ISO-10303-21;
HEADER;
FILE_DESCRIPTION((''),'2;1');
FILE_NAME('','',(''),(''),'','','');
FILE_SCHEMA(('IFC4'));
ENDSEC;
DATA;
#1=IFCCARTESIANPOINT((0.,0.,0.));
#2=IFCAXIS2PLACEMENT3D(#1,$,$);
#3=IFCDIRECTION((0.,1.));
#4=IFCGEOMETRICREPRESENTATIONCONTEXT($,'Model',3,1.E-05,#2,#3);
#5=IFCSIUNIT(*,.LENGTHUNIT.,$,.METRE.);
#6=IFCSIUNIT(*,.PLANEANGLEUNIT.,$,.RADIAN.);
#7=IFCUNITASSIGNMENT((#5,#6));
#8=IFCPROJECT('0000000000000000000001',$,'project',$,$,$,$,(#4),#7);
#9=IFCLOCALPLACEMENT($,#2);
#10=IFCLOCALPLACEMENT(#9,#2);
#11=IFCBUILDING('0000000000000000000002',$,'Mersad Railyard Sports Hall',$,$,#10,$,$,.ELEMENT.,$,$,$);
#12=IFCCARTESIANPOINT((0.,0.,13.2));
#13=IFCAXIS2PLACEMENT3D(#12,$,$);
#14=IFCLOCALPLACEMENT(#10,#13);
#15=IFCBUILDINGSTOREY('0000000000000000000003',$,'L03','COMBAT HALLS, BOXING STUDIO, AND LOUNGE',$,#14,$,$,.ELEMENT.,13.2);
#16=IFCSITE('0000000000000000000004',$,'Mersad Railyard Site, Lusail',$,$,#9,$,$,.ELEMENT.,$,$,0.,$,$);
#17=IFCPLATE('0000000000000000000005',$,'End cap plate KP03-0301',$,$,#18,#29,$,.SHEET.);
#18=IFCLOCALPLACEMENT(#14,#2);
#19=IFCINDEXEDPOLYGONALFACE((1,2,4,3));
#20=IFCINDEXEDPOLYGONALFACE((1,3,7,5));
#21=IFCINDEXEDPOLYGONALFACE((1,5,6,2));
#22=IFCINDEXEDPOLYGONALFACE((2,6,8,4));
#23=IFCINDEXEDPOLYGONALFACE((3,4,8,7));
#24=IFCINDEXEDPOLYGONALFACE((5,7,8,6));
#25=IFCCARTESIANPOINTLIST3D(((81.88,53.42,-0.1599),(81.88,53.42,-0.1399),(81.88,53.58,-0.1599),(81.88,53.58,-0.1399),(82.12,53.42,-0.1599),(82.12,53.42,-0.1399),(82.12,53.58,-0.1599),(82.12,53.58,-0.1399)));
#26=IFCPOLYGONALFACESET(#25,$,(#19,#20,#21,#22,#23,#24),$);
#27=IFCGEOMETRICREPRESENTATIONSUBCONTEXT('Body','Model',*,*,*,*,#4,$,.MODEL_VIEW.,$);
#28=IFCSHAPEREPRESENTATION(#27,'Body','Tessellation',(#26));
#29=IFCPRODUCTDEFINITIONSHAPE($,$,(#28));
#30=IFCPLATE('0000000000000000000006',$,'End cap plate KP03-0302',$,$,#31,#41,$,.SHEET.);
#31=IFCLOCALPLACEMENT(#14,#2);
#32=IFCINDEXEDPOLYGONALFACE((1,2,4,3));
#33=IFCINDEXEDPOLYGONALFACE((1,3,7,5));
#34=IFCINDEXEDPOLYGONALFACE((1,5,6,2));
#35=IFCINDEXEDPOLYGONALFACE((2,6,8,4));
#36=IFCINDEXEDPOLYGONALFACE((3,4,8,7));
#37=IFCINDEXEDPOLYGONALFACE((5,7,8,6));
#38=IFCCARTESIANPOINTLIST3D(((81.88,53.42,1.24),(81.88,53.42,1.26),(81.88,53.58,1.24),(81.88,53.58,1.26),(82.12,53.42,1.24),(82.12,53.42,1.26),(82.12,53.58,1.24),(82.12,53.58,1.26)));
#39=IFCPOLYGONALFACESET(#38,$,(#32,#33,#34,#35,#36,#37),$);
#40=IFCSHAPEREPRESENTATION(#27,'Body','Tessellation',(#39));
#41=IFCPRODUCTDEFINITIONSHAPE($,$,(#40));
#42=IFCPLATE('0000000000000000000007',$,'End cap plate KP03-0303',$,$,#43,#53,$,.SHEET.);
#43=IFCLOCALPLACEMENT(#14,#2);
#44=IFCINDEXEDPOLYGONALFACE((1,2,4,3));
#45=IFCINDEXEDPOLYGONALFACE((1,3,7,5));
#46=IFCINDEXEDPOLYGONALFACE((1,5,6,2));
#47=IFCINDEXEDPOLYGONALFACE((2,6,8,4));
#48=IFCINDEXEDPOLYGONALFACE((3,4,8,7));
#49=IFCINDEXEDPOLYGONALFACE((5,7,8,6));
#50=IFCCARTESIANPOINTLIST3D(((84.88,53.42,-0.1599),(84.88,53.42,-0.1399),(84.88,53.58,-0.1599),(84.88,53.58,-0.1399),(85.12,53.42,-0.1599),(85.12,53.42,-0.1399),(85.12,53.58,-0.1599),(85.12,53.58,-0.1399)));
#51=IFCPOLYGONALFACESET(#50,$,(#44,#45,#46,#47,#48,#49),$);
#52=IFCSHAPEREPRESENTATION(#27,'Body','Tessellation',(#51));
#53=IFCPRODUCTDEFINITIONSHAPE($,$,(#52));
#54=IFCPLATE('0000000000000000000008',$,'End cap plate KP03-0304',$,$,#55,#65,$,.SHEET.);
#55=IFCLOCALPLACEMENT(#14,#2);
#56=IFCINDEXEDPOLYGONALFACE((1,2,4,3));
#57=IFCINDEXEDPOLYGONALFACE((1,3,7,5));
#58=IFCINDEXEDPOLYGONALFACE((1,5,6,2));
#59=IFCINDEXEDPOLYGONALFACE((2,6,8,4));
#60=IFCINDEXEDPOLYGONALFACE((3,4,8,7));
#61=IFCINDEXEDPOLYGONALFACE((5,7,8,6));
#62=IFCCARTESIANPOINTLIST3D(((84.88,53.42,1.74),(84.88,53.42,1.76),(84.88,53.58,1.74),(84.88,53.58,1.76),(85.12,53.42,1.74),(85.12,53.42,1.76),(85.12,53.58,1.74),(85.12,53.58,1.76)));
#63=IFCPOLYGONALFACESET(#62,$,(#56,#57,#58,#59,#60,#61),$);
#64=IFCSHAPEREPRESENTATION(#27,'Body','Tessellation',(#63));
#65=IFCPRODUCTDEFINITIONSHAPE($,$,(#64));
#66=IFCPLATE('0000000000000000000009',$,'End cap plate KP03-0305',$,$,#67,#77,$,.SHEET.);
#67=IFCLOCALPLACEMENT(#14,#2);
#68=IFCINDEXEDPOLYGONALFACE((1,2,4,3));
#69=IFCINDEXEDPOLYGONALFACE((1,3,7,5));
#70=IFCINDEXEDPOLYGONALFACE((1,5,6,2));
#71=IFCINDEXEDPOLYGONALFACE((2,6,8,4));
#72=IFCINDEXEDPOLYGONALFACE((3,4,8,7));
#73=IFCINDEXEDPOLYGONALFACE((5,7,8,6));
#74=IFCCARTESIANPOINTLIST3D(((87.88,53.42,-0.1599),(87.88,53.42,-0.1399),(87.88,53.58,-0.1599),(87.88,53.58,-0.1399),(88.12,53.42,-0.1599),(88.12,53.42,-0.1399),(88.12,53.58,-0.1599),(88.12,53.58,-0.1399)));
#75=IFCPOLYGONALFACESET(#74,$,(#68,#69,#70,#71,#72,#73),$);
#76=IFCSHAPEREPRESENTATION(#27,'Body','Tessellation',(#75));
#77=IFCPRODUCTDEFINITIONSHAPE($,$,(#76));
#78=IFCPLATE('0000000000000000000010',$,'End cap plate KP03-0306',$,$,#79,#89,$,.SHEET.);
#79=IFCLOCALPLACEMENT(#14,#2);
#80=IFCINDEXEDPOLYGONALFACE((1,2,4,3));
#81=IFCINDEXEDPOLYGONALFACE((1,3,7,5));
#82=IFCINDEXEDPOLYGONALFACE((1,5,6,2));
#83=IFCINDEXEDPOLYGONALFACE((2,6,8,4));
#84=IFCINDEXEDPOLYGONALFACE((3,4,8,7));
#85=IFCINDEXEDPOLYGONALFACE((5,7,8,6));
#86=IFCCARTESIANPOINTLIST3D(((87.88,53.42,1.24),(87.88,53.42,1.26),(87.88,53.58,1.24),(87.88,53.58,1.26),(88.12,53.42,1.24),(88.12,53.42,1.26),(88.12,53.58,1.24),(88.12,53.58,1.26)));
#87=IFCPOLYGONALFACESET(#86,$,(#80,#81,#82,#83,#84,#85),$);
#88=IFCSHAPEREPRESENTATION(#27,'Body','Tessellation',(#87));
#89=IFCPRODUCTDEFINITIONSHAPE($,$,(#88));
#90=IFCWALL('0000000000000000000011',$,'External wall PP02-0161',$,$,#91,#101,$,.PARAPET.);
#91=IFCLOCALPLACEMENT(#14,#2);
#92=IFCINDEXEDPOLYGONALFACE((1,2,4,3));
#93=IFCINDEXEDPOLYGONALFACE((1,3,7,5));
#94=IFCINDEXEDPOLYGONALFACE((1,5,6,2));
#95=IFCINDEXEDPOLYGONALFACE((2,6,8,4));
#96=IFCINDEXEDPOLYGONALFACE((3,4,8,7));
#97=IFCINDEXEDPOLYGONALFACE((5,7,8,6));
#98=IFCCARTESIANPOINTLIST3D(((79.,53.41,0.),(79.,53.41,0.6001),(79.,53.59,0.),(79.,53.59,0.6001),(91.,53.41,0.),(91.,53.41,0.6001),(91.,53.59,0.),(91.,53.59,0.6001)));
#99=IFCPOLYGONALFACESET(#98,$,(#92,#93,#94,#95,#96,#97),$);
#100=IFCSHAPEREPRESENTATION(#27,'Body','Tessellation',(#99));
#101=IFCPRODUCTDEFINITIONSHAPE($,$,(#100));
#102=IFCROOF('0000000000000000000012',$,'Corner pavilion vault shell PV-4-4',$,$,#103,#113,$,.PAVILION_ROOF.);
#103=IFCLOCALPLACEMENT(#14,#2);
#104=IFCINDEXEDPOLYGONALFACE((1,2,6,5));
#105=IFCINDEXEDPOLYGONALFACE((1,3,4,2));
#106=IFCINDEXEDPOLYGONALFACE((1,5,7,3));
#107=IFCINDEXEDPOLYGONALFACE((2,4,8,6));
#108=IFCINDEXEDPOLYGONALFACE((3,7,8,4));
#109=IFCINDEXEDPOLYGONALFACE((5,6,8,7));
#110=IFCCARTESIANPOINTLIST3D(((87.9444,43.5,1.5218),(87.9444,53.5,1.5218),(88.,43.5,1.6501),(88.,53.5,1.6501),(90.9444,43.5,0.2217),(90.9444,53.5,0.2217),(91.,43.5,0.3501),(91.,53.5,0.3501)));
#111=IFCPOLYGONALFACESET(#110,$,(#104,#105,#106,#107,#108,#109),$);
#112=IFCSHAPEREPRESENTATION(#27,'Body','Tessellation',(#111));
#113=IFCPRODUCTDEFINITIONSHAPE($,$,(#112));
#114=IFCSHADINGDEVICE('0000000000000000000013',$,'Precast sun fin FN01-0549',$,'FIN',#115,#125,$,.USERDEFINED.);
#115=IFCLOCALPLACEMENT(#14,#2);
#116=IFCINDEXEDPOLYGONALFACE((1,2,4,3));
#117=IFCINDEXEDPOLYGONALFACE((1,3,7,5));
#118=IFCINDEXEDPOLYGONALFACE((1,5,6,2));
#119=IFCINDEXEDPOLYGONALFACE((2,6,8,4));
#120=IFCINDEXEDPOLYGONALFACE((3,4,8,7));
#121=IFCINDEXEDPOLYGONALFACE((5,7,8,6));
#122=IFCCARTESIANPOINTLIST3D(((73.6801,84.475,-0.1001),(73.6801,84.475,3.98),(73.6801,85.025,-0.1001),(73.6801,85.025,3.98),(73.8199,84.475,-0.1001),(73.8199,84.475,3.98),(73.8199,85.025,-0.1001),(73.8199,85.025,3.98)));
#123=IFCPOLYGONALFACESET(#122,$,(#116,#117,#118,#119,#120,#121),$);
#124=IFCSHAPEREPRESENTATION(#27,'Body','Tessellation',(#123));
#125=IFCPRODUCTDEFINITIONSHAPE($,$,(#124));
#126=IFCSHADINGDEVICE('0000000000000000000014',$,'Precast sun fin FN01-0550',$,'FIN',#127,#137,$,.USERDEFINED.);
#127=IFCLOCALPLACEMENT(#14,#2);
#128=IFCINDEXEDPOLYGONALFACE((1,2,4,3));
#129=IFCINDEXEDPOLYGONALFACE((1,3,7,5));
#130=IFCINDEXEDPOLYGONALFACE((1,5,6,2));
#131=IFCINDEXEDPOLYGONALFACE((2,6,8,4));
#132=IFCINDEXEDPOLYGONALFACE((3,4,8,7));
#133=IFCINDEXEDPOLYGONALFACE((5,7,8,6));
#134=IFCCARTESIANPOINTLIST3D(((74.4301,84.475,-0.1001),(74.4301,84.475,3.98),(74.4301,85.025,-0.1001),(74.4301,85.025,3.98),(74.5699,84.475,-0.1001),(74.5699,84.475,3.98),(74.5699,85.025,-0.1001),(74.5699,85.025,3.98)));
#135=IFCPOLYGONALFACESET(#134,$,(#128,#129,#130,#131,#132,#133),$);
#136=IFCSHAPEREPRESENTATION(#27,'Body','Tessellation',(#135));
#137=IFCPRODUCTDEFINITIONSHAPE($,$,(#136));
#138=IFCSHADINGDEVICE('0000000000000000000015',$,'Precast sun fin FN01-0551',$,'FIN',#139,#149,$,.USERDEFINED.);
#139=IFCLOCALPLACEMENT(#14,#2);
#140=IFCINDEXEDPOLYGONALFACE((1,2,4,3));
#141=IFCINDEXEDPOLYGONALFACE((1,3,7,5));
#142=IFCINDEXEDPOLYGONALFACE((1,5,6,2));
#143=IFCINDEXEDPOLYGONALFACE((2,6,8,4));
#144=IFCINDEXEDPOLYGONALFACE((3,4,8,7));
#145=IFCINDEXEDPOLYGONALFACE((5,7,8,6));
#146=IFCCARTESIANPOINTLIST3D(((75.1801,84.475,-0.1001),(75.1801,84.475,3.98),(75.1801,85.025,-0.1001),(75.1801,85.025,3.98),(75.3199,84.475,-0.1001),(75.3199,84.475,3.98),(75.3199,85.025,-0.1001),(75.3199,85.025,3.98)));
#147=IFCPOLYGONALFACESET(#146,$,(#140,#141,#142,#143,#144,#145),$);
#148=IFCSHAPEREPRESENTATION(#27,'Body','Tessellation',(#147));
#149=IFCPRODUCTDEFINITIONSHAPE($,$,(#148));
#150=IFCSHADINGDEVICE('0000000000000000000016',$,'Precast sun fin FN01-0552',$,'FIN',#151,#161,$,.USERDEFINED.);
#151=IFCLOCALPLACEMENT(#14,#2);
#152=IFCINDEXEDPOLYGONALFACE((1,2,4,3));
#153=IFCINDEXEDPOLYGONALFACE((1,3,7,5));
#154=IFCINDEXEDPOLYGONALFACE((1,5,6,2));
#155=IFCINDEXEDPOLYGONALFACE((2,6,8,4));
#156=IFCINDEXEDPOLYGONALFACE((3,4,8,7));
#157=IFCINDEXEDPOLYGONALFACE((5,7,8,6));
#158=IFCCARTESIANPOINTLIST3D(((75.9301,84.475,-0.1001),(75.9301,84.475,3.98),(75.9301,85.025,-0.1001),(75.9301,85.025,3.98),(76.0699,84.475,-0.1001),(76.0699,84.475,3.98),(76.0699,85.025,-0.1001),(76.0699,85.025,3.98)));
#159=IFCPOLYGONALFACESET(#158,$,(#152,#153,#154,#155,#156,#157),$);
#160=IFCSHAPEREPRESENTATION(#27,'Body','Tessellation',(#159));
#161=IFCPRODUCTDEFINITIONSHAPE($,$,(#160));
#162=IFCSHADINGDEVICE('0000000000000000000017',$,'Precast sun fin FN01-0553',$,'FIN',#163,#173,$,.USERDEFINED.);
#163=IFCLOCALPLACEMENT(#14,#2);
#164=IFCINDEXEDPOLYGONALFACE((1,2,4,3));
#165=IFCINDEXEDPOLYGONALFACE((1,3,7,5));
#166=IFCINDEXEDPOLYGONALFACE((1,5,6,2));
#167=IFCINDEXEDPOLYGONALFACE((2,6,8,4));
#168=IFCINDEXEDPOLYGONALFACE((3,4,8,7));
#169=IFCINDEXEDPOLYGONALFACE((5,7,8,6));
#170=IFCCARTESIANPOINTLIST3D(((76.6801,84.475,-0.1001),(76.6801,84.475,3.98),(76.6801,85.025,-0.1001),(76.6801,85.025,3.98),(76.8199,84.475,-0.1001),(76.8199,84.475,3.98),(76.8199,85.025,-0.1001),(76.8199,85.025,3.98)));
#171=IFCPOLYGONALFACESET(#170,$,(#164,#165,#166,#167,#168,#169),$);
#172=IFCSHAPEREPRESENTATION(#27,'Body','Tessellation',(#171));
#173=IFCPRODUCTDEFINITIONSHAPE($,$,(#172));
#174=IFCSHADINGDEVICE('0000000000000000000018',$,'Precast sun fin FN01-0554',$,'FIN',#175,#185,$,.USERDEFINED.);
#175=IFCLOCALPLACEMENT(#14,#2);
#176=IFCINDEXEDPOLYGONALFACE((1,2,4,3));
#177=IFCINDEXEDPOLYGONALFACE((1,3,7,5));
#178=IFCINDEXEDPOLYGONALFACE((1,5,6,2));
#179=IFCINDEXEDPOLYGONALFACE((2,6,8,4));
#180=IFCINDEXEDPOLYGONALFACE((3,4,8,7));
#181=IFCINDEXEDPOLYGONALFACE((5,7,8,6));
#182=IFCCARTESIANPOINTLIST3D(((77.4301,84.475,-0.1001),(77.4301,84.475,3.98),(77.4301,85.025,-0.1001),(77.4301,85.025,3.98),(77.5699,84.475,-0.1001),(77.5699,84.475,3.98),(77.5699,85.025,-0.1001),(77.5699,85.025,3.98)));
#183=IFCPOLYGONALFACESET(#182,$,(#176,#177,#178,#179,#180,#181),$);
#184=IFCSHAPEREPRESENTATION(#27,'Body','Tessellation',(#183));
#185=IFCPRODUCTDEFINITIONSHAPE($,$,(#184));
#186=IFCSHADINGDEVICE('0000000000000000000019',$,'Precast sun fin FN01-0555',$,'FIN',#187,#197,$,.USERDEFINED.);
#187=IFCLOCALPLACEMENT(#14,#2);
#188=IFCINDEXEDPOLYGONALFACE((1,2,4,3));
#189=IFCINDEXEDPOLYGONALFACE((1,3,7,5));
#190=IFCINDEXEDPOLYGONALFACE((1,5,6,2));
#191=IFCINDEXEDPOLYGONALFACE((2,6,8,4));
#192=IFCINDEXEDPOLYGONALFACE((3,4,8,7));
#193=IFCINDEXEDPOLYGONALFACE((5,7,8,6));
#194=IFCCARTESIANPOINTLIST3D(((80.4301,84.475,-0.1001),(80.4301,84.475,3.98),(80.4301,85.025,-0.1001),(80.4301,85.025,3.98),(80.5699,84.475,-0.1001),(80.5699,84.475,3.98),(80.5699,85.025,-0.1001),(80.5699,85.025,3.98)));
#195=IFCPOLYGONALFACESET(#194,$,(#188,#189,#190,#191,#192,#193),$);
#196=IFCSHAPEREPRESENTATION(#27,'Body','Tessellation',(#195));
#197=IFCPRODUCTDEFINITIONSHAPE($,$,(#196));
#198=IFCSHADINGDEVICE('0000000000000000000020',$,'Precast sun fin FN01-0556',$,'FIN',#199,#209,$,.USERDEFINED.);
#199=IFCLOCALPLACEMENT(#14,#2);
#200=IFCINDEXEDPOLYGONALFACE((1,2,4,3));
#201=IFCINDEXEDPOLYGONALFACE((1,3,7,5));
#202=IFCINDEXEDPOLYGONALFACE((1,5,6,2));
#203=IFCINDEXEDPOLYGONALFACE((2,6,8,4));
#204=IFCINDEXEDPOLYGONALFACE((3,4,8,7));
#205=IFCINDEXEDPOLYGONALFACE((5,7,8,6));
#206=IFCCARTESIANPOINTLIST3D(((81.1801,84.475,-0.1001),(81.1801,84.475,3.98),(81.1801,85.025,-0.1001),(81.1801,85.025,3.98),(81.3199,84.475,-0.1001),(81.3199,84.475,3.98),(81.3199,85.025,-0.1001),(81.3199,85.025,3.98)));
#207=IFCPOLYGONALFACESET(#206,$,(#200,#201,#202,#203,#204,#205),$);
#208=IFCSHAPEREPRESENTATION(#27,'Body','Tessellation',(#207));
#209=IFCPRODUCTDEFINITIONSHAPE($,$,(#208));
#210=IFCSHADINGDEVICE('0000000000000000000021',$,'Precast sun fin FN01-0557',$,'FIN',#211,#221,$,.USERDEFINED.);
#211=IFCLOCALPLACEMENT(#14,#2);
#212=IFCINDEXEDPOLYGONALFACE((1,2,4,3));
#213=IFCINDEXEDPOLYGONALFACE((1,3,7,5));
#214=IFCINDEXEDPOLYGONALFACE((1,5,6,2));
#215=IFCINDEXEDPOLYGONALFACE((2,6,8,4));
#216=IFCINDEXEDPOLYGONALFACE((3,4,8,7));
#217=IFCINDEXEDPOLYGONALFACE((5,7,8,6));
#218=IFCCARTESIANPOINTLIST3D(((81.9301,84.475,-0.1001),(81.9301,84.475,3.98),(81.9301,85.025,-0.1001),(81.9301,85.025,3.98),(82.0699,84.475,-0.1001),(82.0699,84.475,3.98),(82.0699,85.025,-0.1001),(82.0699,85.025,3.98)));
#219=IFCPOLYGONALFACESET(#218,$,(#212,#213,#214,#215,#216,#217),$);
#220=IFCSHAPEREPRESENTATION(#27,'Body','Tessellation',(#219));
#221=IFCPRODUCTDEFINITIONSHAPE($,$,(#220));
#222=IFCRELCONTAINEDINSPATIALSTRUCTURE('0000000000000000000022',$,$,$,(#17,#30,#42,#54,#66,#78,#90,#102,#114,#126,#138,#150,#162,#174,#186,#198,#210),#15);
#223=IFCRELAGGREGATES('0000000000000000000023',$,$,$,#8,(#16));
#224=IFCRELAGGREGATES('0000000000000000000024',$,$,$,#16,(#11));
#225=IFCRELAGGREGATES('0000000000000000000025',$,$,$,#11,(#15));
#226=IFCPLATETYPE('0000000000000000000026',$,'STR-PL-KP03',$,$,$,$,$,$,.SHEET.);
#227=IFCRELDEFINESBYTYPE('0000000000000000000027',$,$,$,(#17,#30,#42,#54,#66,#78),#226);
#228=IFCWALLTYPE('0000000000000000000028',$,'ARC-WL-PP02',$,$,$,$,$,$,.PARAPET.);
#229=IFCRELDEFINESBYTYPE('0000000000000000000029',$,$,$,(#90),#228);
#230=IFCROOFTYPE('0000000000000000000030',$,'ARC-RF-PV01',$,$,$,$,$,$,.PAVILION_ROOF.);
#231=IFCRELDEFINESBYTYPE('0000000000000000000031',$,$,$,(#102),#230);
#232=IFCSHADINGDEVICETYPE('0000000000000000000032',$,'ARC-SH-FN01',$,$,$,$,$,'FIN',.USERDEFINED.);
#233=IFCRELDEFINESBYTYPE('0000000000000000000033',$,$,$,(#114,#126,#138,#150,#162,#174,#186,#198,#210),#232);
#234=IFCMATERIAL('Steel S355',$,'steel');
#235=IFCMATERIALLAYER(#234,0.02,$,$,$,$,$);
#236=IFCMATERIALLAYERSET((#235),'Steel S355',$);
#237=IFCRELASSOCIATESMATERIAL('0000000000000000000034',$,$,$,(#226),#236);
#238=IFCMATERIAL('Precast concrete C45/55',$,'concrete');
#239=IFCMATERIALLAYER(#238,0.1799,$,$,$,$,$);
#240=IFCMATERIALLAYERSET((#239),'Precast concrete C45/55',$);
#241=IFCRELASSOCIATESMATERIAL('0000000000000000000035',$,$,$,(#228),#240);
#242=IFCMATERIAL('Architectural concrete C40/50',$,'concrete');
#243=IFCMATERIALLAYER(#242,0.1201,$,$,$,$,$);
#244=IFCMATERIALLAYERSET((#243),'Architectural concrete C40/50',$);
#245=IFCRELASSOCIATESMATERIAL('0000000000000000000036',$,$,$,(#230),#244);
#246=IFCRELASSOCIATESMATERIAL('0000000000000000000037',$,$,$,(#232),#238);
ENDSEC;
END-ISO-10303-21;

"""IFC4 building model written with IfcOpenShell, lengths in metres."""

from ifc_helpers import new_model, si_unit, direction, frame, frame_2d, origin, origin_2d, place, context, subcontext, project, spatial, polyline, rectangle, outline, extrude, material, layer, layer_set, type_object, element, save


model = new_model("IFC4")

# Units and contexts
model_context = context("Model", 3, precision=1e-05, world=origin(), true_north=direction((0.0, 1.0)))
body_context = subcontext(model_context, "Body", "Model", "MODEL_VIEW")
ifc_project = project(units=[si_unit("LENGTHUNIT", "METRE"), si_unit("PLANEANGLEUNIT", "RADIAN")], contexts=[model_context])

# Site, building, storey
site_placement = place(None, origin())
site = spatial("IfcSite", under=ifc_project, at=site_placement, Name="Mersad Railyard Site, Lusail", CompositionType="ELEMENT", RefElevation=0.0)
building_placement = place(site_placement, origin())
building = spatial("IfcBuilding", under=site, at=building_placement, Name="Mersad Railyard Sports Hall", CompositionType="ELEMENT")
storey_placement = place(building_placement, frame((0.0, 0.0, 13.2)))
storey = spatial("IfcBuildingStorey", under=building, at=storey_placement, Name="L03", Description="COMBAT HALLS, BOXING STUDIO, AND LOUNGE", CompositionType="ELEMENT", Elevation=13.2)

# Shared definitions
ifc_material_1 = material(Name="Steel S355", Category="steel")

# Plates
ifc_layer_1 = layer(ifc_material_1, 0.02)
ifc_layer_set_1 = layer_set([ifc_layer_1], Name="Steel S355")
plate_type = type_object("IfcPlateType", Name="STR-PL-KP03", PredefinedType="SHEET", material=ifc_layer_set_1)
for number, where, z_axis, x_axis, name in (
    (1, (82.0, 53.5, -0.1599), (0.0, 0.0, 1.0), (1.0, 0.0, 0.0), "End cap plate KP03-0301"),
    (2, (82.0, 53.5, 1.24), (0.0, 0.0, 1.0), (1.0, 0.0, 0.0), "End cap plate KP03-0302"),
    (3, (85.0, 53.5, -0.1599), (0.0, 0.0, 1.0), (1.0, 0.0, 0.0), "End cap plate KP03-0303"),
    (4, (85.0, 53.5, 1.74), (0.0, 0.0, 1.0), (1.0, 0.0, 0.0), "End cap plate KP03-0304"),
    (5, (88.0, 53.5, -0.1599), (0.0, 0.0, 1.0), (1.0, 0.0, 0.0), "End cap plate KP03-0305"),
    (6, (88.0, 53.5, 1.24), (0.0, 0.0, 1.0), (1.0, 0.0, 0.0), "End cap plate KP03-0306"),
):
    element("IfcPlate", number, at=place(storey_placement, frame(where, z_axis=z_axis, x_axis=x_axis)), inside=storey, type_object=plate_type, Name=name, PredefinedType="SHEET", context=body_context, shape_type="SweptSolid", body=[
        extrude(rectangle(XDim=0.24, YDim=0.1599, at=origin_2d()), origin(), (0.0, 0.0, 1.0), 0.02),
    ])

# Wall
ifc_material_2 = material(Name="Precast concrete C45/55", Category="concrete")
ifc_layer_2 = layer(ifc_material_2, 0.1799)
ifc_layer_set_2 = layer_set([ifc_layer_2], Name="Precast concrete C45/55")
wall_type = type_object("IfcWallType", Name="ARC-WL-PP02", PredefinedType="PARAPET", material=ifc_layer_set_2)
wall_placement = place(storey_placement, frame((79.0, 53.5, 0.0), z_axis=(0.0, 0.0, 1.0), x_axis=(1.0, 0.0, 0.0)))
element("IfcWall", 7, at=wall_placement, inside=storey, type_object=wall_type, Name="External wall PP02-0161", PredefinedType="PARAPET", context=body_context, shape_type="SweptSolid", body=[
    extrude(rectangle(XDim=12.0, YDim=0.1799, at=frame_2d((6.0, 0.0))), origin(), (0.0, 0.0, 1.0), 0.6001),
])

# Roof
ifc_material_3 = material(Name="Architectural concrete C40/50", Category="concrete")
ifc_layer_3 = layer(ifc_material_3, 0.1201)
ifc_layer_set_3 = layer_set([ifc_layer_3], Name="Architectural concrete C40/50")
roof_type = type_object("IfcRoofType", Name="ARC-RF-PV01", PredefinedType="PAVILION_ROOF", material=ifc_layer_set_3)
roof_placement = place(storey_placement, frame((88.0, 43.5, 1.6501), z_axis=(0.39762, 0.0, 0.91755), x_axis=(0.91755, 0.0, -0.39762)))
element("IfcRoof", 8, at=roof_placement, inside=storey, type_object=roof_type, Name="Corner pavilion vault shell PV-4-4", PredefinedType="PAVILION_ROOF", context=body_context, shape_type="SweptSolid", body=[
    extrude(outline(polyline([(0.0, 0.0), (3.2696, 0.0), (3.2696, 10.0), (0.0, 10.0), (0.0, 0.0)])), origin(), (0.0, 0.0, -1.0), 0.1399),
])

# Shading devices
shading_device_type = type_object("IfcShadingDeviceType", Name="ARC-SH-FN01", ElementType="FIN", PredefinedType="USERDEFINED", material=ifc_material_2)
for number, where, z_axis, x_axis, name in (
    (9, (73.75, 84.75, -0.1001), (0.0, 0.0, 1.0), (1.0, 0.0, 0.0), "Precast sun fin FN01-0549"),
    (10, (74.5, 84.75, -0.1001), (0.0, 0.0, 1.0), (1.0, 0.0, 0.0), "Precast sun fin FN01-0550"),
    (11, (75.25, 84.75, -0.1001), (0.0, 0.0, 1.0), (1.0, 0.0, 0.0), "Precast sun fin FN01-0551"),
    (12, (76.0, 84.75, -0.1001), (0.0, 0.0, 1.0), (1.0, 0.0, 0.0), "Precast sun fin FN01-0552"),
    (13, (76.75, 84.75, -0.1001), (0.0, 0.0, 1.0), (1.0, 0.0, 0.0), "Precast sun fin FN01-0553"),
    (14, (77.5, 84.75, -0.1001), (0.0, 0.0, 1.0), (1.0, 0.0, 0.0), "Precast sun fin FN01-0554"),
    (15, (80.5, 84.75, -0.1001), (0.0, 0.0, 1.0), (1.0, 0.0, 0.0), "Precast sun fin FN01-0555"),
    (16, (81.25, 84.75, -0.1001), (0.0, 0.0, 1.0), (1.0, 0.0, 0.0), "Precast sun fin FN01-0556"),
    (17, (82.0, 84.75, -0.1001), (0.0, 0.0, 1.0), (1.0, 0.0, 0.0), "Precast sun fin FN01-0557"),
):
    element("IfcShadingDevice", number, at=place(storey_placement, frame(where, z_axis=z_axis, x_axis=x_axis)), inside=storey, type_object=shading_device_type, Name=name, ObjectType="FIN", PredefinedType="USERDEFINED", context=body_context, shape_type="SweptSolid", body=[
        extrude(rectangle(XDim=0.1399, YDim=0.55, at=origin_2d()), origin(), (0.0, 0.0, 1.0), 4.0801),
    ])

save(model, "model.ifc")
